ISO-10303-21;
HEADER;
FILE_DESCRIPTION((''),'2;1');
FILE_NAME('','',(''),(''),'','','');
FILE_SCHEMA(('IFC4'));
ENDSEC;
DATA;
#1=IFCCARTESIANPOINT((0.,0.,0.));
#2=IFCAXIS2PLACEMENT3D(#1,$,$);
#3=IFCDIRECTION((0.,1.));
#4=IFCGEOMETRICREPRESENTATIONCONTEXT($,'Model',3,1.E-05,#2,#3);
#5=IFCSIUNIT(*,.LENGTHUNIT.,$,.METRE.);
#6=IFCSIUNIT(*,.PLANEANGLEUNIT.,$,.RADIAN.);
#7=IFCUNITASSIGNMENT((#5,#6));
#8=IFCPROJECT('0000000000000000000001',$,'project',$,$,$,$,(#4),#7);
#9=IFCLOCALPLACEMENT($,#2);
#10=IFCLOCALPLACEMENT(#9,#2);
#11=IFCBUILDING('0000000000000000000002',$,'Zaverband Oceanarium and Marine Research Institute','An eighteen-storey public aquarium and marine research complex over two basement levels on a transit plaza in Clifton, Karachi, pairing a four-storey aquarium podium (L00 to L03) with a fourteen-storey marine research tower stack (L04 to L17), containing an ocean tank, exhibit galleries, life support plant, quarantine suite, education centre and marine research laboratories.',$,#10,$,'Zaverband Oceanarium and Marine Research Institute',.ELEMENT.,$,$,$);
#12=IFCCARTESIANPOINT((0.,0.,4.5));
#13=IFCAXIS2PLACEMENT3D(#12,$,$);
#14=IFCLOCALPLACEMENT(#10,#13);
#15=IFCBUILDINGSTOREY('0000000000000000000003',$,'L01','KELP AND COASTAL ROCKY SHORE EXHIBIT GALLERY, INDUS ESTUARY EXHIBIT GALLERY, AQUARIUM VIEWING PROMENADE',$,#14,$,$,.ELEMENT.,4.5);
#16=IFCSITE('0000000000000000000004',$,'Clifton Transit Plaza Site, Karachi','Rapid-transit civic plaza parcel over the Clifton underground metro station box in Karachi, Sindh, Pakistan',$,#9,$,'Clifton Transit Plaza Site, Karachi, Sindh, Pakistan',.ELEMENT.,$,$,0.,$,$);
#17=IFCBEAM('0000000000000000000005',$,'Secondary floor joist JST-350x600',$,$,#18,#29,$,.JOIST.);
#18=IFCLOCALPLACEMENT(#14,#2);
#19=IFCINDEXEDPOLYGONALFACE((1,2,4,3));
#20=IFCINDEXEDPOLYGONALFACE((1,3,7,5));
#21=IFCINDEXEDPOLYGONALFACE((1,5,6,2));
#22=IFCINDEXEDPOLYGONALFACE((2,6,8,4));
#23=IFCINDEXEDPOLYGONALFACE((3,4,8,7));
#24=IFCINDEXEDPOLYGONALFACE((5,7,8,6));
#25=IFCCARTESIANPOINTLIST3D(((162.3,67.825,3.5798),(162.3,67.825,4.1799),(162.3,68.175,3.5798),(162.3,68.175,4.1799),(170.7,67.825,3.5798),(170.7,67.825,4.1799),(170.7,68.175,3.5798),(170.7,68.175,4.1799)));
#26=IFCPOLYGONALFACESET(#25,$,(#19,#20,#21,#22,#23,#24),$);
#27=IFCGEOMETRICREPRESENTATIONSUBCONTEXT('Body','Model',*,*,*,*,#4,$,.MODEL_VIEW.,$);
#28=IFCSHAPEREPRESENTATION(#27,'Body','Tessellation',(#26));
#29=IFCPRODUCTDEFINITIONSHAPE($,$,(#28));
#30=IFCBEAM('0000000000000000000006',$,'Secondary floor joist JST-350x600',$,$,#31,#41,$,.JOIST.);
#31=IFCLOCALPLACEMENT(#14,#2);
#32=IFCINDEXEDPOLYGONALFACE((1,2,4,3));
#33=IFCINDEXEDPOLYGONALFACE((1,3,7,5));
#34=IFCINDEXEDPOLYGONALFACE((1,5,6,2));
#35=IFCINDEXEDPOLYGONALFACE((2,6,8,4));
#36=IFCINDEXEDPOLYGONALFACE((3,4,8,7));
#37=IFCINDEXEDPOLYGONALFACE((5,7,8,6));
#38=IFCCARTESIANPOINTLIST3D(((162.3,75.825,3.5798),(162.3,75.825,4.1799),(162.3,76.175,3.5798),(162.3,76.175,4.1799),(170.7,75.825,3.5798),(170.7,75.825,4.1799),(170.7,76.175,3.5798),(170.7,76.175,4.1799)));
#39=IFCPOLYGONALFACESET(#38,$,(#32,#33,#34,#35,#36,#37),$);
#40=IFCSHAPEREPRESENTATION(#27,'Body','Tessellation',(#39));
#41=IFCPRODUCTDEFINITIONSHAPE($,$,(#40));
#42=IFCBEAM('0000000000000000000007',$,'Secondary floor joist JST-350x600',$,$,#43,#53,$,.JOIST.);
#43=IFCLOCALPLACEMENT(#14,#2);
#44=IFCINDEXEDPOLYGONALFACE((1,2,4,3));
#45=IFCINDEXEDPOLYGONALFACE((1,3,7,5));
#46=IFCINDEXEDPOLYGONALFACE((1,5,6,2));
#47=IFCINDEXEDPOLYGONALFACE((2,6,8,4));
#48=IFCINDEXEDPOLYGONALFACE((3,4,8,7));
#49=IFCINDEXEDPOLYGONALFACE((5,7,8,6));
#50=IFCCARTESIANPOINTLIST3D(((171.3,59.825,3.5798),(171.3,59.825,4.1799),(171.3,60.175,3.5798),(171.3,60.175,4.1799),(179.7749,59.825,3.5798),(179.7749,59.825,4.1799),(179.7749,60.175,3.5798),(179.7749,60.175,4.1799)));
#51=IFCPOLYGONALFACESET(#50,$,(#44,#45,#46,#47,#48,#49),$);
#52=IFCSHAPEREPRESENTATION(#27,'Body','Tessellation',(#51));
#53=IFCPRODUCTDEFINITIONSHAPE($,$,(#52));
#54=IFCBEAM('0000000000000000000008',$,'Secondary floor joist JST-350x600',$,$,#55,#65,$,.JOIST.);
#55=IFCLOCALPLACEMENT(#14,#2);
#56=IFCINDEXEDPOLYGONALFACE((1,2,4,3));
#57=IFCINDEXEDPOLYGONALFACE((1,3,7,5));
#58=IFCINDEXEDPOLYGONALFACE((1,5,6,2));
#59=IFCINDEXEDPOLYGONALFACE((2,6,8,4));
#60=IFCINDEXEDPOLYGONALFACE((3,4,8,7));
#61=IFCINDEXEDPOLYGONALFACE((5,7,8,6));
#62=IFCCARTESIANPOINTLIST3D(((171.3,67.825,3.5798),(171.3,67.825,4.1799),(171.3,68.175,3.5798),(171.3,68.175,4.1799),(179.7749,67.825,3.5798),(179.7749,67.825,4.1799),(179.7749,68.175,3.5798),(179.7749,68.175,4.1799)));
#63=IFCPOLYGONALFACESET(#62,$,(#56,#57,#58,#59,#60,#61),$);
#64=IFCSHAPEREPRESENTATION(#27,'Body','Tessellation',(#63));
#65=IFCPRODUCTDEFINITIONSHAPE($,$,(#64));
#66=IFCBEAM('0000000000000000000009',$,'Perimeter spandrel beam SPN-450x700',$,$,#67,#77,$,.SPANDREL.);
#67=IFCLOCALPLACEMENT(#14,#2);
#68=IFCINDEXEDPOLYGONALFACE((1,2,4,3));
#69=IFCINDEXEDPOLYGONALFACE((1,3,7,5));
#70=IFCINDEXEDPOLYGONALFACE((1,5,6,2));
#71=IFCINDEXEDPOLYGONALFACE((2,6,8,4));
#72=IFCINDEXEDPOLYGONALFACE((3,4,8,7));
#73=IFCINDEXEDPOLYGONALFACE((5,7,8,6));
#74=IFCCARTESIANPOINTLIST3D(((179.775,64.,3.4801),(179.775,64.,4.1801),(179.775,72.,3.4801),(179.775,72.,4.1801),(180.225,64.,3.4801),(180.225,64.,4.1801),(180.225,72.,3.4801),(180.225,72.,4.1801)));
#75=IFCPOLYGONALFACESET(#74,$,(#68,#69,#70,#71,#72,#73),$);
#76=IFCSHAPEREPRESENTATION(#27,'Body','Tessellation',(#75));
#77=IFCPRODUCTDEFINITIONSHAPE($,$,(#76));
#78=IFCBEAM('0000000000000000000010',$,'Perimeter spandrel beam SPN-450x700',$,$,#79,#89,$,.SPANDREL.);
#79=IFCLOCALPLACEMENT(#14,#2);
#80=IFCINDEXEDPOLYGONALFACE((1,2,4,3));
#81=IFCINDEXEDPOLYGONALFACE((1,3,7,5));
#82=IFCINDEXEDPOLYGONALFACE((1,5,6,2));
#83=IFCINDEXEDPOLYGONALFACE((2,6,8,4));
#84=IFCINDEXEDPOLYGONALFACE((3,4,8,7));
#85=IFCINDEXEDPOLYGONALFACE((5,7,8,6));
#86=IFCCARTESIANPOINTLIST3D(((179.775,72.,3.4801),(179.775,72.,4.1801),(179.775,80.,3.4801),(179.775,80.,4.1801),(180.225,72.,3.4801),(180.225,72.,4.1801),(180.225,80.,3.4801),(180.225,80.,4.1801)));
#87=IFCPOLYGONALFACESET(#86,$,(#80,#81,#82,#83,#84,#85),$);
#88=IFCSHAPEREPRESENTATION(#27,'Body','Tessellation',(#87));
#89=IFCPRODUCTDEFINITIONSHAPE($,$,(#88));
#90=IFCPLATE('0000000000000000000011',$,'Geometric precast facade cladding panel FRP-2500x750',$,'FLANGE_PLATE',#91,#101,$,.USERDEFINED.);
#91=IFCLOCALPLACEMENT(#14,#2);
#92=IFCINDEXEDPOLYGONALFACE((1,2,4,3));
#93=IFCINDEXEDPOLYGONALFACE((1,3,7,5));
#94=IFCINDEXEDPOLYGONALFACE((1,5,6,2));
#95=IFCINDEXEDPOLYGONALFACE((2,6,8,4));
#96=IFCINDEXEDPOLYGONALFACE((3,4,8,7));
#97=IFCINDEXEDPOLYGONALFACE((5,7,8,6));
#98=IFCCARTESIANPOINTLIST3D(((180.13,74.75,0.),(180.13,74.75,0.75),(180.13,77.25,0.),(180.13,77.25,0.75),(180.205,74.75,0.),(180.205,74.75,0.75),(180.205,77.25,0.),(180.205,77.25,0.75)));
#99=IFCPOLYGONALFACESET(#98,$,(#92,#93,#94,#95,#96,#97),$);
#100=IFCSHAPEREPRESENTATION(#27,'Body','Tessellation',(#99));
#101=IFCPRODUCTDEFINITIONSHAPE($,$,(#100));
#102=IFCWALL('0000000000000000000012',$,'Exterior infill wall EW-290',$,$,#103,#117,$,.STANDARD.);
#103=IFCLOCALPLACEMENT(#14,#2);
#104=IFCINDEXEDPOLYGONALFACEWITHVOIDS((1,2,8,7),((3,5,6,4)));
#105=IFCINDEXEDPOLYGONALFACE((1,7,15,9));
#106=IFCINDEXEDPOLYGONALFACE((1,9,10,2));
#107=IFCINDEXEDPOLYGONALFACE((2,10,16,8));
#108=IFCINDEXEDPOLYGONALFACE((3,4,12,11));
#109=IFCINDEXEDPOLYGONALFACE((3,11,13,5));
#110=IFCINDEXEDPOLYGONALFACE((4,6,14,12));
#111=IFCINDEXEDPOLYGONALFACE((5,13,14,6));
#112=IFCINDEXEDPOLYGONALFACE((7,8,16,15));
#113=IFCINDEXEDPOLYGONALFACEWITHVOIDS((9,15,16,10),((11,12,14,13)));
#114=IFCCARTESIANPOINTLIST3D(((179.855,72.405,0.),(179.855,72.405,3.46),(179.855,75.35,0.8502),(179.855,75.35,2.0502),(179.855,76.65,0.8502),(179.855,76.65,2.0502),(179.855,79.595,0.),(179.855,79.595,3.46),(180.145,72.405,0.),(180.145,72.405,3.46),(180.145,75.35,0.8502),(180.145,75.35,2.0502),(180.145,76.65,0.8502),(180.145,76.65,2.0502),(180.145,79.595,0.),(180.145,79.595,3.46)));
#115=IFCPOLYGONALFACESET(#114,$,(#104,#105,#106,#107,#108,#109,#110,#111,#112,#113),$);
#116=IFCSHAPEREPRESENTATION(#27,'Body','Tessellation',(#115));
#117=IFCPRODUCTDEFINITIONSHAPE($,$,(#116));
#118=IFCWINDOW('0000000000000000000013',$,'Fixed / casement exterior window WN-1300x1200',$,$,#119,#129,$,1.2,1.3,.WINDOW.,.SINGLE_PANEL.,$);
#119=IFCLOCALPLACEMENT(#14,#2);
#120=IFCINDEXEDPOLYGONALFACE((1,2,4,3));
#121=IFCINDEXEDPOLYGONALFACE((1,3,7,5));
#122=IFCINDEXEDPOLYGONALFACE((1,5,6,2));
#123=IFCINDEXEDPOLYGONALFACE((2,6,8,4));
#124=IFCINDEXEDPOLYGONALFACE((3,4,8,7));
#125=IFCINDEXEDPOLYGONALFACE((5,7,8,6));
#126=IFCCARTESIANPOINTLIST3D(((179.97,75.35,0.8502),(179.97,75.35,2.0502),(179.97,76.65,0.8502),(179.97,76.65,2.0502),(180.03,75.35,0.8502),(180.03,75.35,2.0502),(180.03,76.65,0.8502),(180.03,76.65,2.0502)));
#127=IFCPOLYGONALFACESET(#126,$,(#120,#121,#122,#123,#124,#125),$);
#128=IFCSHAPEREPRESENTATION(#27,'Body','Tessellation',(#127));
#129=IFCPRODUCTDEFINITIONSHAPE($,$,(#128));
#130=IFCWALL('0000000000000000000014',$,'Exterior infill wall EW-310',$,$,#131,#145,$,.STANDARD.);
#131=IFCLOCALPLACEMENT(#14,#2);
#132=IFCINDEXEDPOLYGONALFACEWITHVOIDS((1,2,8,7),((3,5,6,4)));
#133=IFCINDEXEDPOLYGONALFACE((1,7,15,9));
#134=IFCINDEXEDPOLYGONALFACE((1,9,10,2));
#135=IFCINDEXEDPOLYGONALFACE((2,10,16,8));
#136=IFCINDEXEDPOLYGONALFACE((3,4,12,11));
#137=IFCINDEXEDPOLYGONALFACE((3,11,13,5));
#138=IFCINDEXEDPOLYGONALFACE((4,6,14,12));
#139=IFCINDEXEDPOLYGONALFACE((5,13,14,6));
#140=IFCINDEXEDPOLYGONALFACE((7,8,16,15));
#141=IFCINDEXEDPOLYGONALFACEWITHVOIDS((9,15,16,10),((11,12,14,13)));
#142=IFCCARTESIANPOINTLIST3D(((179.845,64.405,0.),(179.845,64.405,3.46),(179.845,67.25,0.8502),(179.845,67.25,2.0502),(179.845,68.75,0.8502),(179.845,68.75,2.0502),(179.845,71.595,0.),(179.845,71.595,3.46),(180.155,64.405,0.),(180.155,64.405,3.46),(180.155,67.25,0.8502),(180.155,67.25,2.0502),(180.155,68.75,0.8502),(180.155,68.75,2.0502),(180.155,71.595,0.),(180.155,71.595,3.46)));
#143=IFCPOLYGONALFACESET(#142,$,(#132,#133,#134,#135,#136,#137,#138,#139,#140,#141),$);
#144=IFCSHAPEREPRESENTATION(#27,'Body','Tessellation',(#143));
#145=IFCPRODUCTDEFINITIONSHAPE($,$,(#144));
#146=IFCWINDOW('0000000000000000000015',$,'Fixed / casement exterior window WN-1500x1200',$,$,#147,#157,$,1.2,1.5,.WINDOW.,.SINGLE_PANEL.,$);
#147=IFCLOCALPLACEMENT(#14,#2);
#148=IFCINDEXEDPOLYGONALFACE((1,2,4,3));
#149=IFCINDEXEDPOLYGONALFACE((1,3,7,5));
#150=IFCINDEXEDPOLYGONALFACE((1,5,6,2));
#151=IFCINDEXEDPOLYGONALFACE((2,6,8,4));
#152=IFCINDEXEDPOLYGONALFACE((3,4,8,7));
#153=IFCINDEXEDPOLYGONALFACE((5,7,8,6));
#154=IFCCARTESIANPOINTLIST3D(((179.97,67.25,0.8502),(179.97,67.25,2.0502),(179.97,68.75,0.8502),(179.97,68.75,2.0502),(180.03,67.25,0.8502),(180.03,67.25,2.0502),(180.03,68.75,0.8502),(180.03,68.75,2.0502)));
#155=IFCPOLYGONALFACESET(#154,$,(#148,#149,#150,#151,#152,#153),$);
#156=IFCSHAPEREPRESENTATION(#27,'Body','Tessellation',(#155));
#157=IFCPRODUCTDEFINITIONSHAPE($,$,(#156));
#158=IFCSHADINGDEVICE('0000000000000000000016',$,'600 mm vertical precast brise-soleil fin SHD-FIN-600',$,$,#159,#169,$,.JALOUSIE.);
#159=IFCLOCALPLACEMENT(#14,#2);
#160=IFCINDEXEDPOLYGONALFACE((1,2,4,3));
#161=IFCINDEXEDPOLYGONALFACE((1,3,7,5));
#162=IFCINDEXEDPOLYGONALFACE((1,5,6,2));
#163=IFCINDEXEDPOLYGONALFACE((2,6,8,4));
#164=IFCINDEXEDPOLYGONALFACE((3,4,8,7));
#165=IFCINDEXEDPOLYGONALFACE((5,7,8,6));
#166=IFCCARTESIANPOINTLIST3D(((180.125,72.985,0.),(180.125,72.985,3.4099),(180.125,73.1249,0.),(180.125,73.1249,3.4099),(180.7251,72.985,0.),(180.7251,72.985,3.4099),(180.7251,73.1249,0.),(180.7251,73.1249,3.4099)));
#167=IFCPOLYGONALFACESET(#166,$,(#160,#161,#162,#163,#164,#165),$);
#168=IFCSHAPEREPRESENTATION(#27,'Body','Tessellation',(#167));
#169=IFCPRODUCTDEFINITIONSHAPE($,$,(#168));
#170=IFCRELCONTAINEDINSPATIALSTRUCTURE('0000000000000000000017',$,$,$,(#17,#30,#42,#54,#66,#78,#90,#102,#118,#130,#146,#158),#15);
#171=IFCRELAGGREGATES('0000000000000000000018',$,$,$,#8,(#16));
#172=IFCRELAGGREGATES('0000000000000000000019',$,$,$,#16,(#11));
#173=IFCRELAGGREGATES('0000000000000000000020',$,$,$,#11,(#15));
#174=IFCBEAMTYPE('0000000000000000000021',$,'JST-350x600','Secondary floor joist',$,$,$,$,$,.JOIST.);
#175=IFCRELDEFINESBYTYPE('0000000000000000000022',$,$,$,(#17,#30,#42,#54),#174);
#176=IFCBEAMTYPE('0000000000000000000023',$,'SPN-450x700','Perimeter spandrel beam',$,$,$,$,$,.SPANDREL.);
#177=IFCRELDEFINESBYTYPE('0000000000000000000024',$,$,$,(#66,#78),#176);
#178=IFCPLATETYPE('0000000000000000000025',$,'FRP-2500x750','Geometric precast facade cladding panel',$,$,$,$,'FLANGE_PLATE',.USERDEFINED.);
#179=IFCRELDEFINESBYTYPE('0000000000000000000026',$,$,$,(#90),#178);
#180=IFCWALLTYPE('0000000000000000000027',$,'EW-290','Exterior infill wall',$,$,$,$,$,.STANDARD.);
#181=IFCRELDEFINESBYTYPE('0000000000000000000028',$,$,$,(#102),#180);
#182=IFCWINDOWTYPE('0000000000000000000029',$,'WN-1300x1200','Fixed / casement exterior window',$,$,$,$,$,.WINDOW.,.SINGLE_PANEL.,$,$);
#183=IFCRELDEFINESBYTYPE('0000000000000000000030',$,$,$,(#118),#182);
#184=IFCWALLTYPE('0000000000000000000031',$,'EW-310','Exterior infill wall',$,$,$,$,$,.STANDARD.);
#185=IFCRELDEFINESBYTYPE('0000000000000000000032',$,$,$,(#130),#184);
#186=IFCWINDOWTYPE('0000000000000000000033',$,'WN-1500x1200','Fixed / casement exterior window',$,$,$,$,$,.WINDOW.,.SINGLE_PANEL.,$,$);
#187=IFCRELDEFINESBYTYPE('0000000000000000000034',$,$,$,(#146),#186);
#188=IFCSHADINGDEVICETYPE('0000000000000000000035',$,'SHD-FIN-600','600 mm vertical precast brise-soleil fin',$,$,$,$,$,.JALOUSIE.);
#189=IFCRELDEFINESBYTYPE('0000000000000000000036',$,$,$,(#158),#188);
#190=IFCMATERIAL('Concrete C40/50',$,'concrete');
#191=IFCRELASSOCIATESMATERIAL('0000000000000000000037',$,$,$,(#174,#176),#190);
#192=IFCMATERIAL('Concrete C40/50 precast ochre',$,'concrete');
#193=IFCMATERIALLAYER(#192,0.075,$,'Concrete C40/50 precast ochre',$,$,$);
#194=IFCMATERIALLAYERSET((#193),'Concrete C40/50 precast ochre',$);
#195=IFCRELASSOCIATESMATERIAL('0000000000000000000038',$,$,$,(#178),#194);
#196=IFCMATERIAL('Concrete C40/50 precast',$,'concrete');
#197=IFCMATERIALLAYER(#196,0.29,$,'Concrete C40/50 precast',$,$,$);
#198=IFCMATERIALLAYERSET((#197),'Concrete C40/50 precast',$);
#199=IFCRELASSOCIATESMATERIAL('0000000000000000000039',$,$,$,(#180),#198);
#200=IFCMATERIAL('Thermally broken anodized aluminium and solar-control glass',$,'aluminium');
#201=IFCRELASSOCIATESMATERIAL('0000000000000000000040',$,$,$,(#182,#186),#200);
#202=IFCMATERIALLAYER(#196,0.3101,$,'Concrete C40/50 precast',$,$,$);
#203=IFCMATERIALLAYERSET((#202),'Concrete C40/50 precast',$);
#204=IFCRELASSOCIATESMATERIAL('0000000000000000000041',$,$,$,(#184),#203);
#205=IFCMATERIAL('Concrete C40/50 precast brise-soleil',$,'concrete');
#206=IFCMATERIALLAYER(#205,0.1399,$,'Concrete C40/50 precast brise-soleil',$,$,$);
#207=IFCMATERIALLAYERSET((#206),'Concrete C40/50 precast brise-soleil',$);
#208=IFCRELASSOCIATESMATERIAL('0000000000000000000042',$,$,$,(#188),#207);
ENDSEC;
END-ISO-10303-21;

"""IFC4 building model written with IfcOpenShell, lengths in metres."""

from ifc_helpers import new_model, si_unit, direction, frame, frame_2d, origin, origin_2d, place, context, subcontext, project, spatial, rectangle, extrude, material, layer, layer_set, material_profile, profile_set, type_object, element, fill, save


model = new_model("IFC4")

# Units and contexts
model_context = context("Model", 3, precision=1e-05, world=origin(), true_north=direction((0.0, 1.0)))
body_context = subcontext(model_context, "Body", "Model", "MODEL_VIEW")
ifc_project = project(units=[si_unit("LENGTHUNIT", "METRE"), si_unit("PLANEANGLEUNIT", "RADIAN")], contexts=[model_context])

# Site, building, storey
site_placement = place(None, origin())
site = spatial("IfcSite", under=ifc_project, at=site_placement, Name="Clifton Transit Plaza Site, Karachi", Description="Rapid-transit civic plaza parcel over the Clifton underground metro station box in Karachi, Sindh, Pakistan", LongName="Clifton Transit Plaza Site, Karachi, Sindh, Pakistan", CompositionType="ELEMENT", RefElevation=0.0)
building_placement = place(site_placement, origin())
building = spatial("IfcBuilding", under=site, at=building_placement, Name="Zaverband Oceanarium and Marine Research Institute", Description="An eighteen-storey public aquarium and marine research complex over two basement levels on a transit plaza in Clifton, Karachi, pairing a four-storey aquarium podium (L00 to L03) with a fourteen-storey marine research tower stack (L04 to L17), containing an ocean tank, exhibit galleries, life support plant, quarantine suite, education centre and marine research laboratories.", LongName="Zaverband Oceanarium and Marine Research Institute", CompositionType="ELEMENT")
storey_placement = place(building_placement, frame((0.0, 0.0, 4.5)))
storey = spatial("IfcBuildingStorey", under=building, at=storey_placement, Name="L01", Description="KELP AND COASTAL ROCKY SHORE EXHIBIT GALLERY, INDUS ESTUARY EXHIBIT GALLERY, AQUARIUM VIEWING PROMENADE", CompositionType="ELEMENT", Elevation=4.5)

# Beams
ifc_material_1 = material(Name="Concrete C40/50", Category="concrete")
ifc_material_profile_1 = material_profile(ifc_material_1, rectangle(XDim=0.3501, YDim=0.6001, at=origin_2d()), Name="RC350x600")
ifc_profile_set_1 = profile_set([ifc_material_profile_1], Name="Concrete C40/50")
beam_type_1 = type_object("IfcBeamType", Name="JST-350x600", Description="Secondary floor joist", PredefinedType="JOIST", material=ifc_profile_set_1)
for number, where, z_axis, x_axis, name in (
    (1, (162.3, 68.0, 3.8799), (1.0, 0.0, 0.0), (0.0, 1.0, 0.0), "Secondary floor joist JST-350x600"),
    (2, (162.3, 76.0, 3.8799), (1.0, 0.0, 0.0), (0.0, 1.0, 0.0), "Secondary floor joist JST-350x600"),
):
    element("IfcBeam", number, at=place(storey_placement, frame(where, z_axis=z_axis, x_axis=x_axis)), inside=storey, type_object=beam_type_1, Name=name, PredefinedType="JOIST", context=body_context, shape_type="SweptSolid", body=[
        extrude(rectangle(XDim=0.3501, YDim=0.6001, at=origin_2d()), origin(), (0.0, 0.0, 1.0), 8.3999),
    ])
for number, where, z_axis, x_axis, name in (
    (3, (171.3, 60.0, 3.8799), (1.0, 0.0, 0.0), (0.0, 1.0, 0.0), "Secondary floor joist JST-350x600"),
    (4, (171.3, 68.0, 3.8799), (1.0, 0.0, 0.0), (0.0, 1.0, 0.0), "Secondary floor joist JST-350x600"),
):
    element("IfcBeam", number, at=place(storey_placement, frame(where, z_axis=z_axis, x_axis=x_axis)), inside=storey, type_object=beam_type_1, Name=name, PredefinedType="JOIST", context=body_context, shape_type="SweptSolid", body=[
        extrude(rectangle(XDim=0.3501, YDim=0.6001, at=origin_2d()), origin(), (0.0, 0.0, 1.0), 8.4749),
    ])
ifc_material_profile_2 = material_profile(ifc_material_1, rectangle(XDim=0.45, YDim=0.7, at=origin_2d()), Name="RC450x700")
ifc_profile_set_2 = profile_set([ifc_material_profile_2], Name="Concrete C40/50")
beam_type_2 = type_object("IfcBeamType", Name="SPN-450x700", Description="Perimeter spandrel beam", PredefinedType="SPANDREL", material=ifc_profile_set_2)
for number, where, z_axis, x_axis, name in (
    (5, (180.0, 64.0, 3.8301), (0.0, 1.0, 0.0), (-1.0, 0.0, 0.0), "Perimeter spandrel beam SPN-450x700"),
    (6, (180.0, 72.0, 3.8301), (0.0, 1.0, 0.0), (-1.0, 0.0, 0.0), "Perimeter spandrel beam SPN-450x700"),
):
    element("IfcBeam", number, at=place(storey_placement, frame(where, z_axis=z_axis, x_axis=x_axis)), inside=storey, type_object=beam_type_2, Name=name, PredefinedType="SPANDREL", context=body_context, shape_type="SweptSolid", body=[
        extrude(rectangle(XDim=0.45, YDim=0.7, at=origin_2d()), origin(), (0.0, 0.0, 1.0), 8.0),
    ])

# Plate
ifc_material_2 = material(Name="Concrete C40/50 precast ochre", Category="concrete")
ifc_layer_1 = layer(ifc_material_2, 0.075, Name="Concrete C40/50 precast ochre")
ifc_layer_set_1 = layer_set([ifc_layer_1], Name="Concrete C40/50 precast ochre")
plate_type = type_object("IfcPlateType", Name="FRP-2500x750", Description="Geometric precast facade cladding panel", ElementType="FLANGE_PLATE", PredefinedType="USERDEFINED", material=ifc_layer_set_1)
plate_placement = place(storey_placement, frame((180.1675, 74.75, 0.0), z_axis=(0.0, 0.0, 1.0), x_axis=(0.0, 1.0, 0.0)))
element("IfcPlate", 7, at=plate_placement, inside=storey, type_object=plate_type, Name="Geometric precast facade cladding panel FRP-2500x750", ObjectType="FLANGE_PLATE", PredefinedType="USERDEFINED", context=body_context, shape_type="SweptSolid", body=[
    extrude(rectangle(XDim=2.5, YDim=0.075, at=frame_2d((1.25, 0.0))), origin(), (0.0, 0.0, 1.0), 0.75),
])

# Walls, openings, windows
ifc_material_3 = material(Name="Concrete C40/50 precast", Category="concrete")
ifc_layer_2 = layer(ifc_material_3, 0.29, Name="Concrete C40/50 precast")
ifc_layer_set_2 = layer_set([ifc_layer_2], Name="Concrete C40/50 precast")
wall_type_1 = type_object("IfcWallType", Name="EW-290", Description="Exterior infill wall", PredefinedType="STANDARD", material=ifc_layer_set_2)
wall_1_placement = place(storey_placement, frame((180.0, 72.405, 0.0), z_axis=(0.0, 0.0, 1.0), x_axis=(0.0, 1.0, 0.0)))
wall_1 = element("IfcWall", 8, at=wall_1_placement, inside=storey, type_object=wall_type_1, Name="Exterior infill wall EW-290", PredefinedType="STANDARD", context=body_context, shape_type="SweptSolid", body=[
    extrude(rectangle(XDim=7.1899, YDim=0.29, at=frame_2d((3.595, 0.0))), origin(), (0.0, 0.0, 1.0), 3.46),
])
opening_1_placement = place(wall_1_placement, frame((2.9451, 0.0, 0.8501)))
opening_1 = element("IfcOpeningElement", 9, at=opening_1_placement, cuts=wall_1, PredefinedType="OPENING", context=body_context, shape_type="SweptSolid", body=[
    extrude(rectangle(XDim=1.3, YDim=1.2, at=frame_2d((0.6499, 0.6001))), frame((0.0, 0.157, 0.0), z_axis=(0.0, -1.0, 0.0), x_axis=(1.0, 0.0, 0.0)), (0.0, 0.0, 1.0), 0.314),
])
ifc_material_4 = material(Name="Thermally broken anodized aluminium and solar-control glass", Category="aluminium")
window_type_1 = type_object("IfcWindowType", Name="WN-1300x1200", Description="Fixed / casement exterior window", PartitioningType="SINGLE_PANEL", PredefinedType="WINDOW", material=ifc_material_4)
window_1_placement = place(opening_1_placement, origin())
window_1 = element("IfcWindow", 10, at=window_1_placement, inside=storey, type_object=window_type_1, Name="Fixed / casement exterior window WN-1300x1200", OverallHeight=1.2, OverallWidth=1.3, PartitioningType="SINGLE_PANEL", PredefinedType="WINDOW", context=body_context, shape_type="SweptSolid", body=[
    extrude(rectangle(XDim=1.3, YDim=1.2, at=frame_2d((0.6499, 0.6001))), frame((0.0, 0.03, 0.0), z_axis=(0.0, -1.0, 0.0), x_axis=(1.0, 0.0, 0.0)), (0.0, 0.0, 1.0), 0.0601),
])
fill(opening_1, window_1)
ifc_layer_3 = layer(ifc_material_3, 0.3101, Name="Concrete C40/50 precast")
ifc_layer_set_3 = layer_set([ifc_layer_3], Name="Concrete C40/50 precast")
wall_type_2 = type_object("IfcWallType", Name="EW-310", Description="Exterior infill wall", PredefinedType="STANDARD", material=ifc_layer_set_3)
wall_2_placement = place(storey_placement, frame((180.0, 64.405, 0.0), z_axis=(0.0, 0.0, 1.0), x_axis=(0.0, 1.0, 0.0)))
wall_2 = element("IfcWall", 11, at=wall_2_placement, inside=storey, type_object=wall_type_2, Name="Exterior infill wall EW-310", PredefinedType="STANDARD", context=body_context, shape_type="SweptSolid", body=[
    extrude(rectangle(XDim=7.1899, YDim=0.3101, at=frame_2d((3.595, 0.0))), origin(), (0.0, 0.0, 1.0), 3.46),
])
opening_2_placement = place(wall_2_placement, frame((2.845, 0.0, 0.8501)))
opening_2 = element("IfcOpeningElement", 12, at=opening_2_placement, cuts=wall_2, PredefinedType="OPENING", context=body_context, shape_type="SweptSolid", body=[
    extrude(rectangle(XDim=1.5, YDim=1.2, at=frame_2d((0.75, 0.6001))), frame((0.0, 0.167, 0.0), z_axis=(0.0, -1.0, 0.0), x_axis=(1.0, 0.0, 0.0)), (0.0, 0.0, 1.0), 0.334),
])
window_type_2 = type_object("IfcWindowType", Name="WN-1500x1200", Description="Fixed / casement exterior window", PartitioningType="SINGLE_PANEL", PredefinedType="WINDOW", material=ifc_material_4)
window_2_placement = place(opening_2_placement, origin())
window_2 = element("IfcWindow", 13, at=window_2_placement, inside=storey, type_object=window_type_2, Name="Fixed / casement exterior window WN-1500x1200", OverallHeight=1.2, OverallWidth=1.5, PartitioningType="SINGLE_PANEL", PredefinedType="WINDOW", context=body_context, shape_type="SweptSolid", body=[
    extrude(rectangle(XDim=1.5, YDim=1.2, at=frame_2d((0.75, 0.6001))), frame((0.0, 0.03, 0.0), z_axis=(0.0, -1.0, 0.0), x_axis=(1.0, 0.0, 0.0)), (0.0, 0.0, 1.0), 0.0601),
])
fill(opening_2, window_2)

# Shading device
ifc_material_5 = material(Name="Concrete C40/50 precast brise-soleil", Category="concrete")
ifc_layer_4 = layer(ifc_material_5, 0.1399, Name="Concrete C40/50 precast brise-soleil")
ifc_layer_set_4 = layer_set([ifc_layer_4], Name="Concrete C40/50 precast brise-soleil")
shading_device_type = type_object("IfcShadingDeviceType", Name="SHD-FIN-600", Description="600 mm vertical precast brise-soleil fin", PredefinedType="JALOUSIE", material=ifc_layer_set_4)
shading_device_placement = place(storey_placement, frame((180.125, 73.0549, 0.0), z_axis=(0.0, 0.0, 1.0), x_axis=(1.0, 0.0, 0.0)))
element("IfcShadingDevice", 14, at=shading_device_placement, inside=storey, type_object=shading_device_type, Name="600 mm vertical precast brise-soleil fin SHD-FIN-600", PredefinedType="JALOUSIE", context=body_context, shape_type="SweptSolid", body=[
    extrude(rectangle(XDim=0.6001, YDim=0.1399, at=frame_2d((0.3, 0.0))), origin(), (0.0, 0.0, 1.0), 3.4099),
])

save(model, "model.ifc")
